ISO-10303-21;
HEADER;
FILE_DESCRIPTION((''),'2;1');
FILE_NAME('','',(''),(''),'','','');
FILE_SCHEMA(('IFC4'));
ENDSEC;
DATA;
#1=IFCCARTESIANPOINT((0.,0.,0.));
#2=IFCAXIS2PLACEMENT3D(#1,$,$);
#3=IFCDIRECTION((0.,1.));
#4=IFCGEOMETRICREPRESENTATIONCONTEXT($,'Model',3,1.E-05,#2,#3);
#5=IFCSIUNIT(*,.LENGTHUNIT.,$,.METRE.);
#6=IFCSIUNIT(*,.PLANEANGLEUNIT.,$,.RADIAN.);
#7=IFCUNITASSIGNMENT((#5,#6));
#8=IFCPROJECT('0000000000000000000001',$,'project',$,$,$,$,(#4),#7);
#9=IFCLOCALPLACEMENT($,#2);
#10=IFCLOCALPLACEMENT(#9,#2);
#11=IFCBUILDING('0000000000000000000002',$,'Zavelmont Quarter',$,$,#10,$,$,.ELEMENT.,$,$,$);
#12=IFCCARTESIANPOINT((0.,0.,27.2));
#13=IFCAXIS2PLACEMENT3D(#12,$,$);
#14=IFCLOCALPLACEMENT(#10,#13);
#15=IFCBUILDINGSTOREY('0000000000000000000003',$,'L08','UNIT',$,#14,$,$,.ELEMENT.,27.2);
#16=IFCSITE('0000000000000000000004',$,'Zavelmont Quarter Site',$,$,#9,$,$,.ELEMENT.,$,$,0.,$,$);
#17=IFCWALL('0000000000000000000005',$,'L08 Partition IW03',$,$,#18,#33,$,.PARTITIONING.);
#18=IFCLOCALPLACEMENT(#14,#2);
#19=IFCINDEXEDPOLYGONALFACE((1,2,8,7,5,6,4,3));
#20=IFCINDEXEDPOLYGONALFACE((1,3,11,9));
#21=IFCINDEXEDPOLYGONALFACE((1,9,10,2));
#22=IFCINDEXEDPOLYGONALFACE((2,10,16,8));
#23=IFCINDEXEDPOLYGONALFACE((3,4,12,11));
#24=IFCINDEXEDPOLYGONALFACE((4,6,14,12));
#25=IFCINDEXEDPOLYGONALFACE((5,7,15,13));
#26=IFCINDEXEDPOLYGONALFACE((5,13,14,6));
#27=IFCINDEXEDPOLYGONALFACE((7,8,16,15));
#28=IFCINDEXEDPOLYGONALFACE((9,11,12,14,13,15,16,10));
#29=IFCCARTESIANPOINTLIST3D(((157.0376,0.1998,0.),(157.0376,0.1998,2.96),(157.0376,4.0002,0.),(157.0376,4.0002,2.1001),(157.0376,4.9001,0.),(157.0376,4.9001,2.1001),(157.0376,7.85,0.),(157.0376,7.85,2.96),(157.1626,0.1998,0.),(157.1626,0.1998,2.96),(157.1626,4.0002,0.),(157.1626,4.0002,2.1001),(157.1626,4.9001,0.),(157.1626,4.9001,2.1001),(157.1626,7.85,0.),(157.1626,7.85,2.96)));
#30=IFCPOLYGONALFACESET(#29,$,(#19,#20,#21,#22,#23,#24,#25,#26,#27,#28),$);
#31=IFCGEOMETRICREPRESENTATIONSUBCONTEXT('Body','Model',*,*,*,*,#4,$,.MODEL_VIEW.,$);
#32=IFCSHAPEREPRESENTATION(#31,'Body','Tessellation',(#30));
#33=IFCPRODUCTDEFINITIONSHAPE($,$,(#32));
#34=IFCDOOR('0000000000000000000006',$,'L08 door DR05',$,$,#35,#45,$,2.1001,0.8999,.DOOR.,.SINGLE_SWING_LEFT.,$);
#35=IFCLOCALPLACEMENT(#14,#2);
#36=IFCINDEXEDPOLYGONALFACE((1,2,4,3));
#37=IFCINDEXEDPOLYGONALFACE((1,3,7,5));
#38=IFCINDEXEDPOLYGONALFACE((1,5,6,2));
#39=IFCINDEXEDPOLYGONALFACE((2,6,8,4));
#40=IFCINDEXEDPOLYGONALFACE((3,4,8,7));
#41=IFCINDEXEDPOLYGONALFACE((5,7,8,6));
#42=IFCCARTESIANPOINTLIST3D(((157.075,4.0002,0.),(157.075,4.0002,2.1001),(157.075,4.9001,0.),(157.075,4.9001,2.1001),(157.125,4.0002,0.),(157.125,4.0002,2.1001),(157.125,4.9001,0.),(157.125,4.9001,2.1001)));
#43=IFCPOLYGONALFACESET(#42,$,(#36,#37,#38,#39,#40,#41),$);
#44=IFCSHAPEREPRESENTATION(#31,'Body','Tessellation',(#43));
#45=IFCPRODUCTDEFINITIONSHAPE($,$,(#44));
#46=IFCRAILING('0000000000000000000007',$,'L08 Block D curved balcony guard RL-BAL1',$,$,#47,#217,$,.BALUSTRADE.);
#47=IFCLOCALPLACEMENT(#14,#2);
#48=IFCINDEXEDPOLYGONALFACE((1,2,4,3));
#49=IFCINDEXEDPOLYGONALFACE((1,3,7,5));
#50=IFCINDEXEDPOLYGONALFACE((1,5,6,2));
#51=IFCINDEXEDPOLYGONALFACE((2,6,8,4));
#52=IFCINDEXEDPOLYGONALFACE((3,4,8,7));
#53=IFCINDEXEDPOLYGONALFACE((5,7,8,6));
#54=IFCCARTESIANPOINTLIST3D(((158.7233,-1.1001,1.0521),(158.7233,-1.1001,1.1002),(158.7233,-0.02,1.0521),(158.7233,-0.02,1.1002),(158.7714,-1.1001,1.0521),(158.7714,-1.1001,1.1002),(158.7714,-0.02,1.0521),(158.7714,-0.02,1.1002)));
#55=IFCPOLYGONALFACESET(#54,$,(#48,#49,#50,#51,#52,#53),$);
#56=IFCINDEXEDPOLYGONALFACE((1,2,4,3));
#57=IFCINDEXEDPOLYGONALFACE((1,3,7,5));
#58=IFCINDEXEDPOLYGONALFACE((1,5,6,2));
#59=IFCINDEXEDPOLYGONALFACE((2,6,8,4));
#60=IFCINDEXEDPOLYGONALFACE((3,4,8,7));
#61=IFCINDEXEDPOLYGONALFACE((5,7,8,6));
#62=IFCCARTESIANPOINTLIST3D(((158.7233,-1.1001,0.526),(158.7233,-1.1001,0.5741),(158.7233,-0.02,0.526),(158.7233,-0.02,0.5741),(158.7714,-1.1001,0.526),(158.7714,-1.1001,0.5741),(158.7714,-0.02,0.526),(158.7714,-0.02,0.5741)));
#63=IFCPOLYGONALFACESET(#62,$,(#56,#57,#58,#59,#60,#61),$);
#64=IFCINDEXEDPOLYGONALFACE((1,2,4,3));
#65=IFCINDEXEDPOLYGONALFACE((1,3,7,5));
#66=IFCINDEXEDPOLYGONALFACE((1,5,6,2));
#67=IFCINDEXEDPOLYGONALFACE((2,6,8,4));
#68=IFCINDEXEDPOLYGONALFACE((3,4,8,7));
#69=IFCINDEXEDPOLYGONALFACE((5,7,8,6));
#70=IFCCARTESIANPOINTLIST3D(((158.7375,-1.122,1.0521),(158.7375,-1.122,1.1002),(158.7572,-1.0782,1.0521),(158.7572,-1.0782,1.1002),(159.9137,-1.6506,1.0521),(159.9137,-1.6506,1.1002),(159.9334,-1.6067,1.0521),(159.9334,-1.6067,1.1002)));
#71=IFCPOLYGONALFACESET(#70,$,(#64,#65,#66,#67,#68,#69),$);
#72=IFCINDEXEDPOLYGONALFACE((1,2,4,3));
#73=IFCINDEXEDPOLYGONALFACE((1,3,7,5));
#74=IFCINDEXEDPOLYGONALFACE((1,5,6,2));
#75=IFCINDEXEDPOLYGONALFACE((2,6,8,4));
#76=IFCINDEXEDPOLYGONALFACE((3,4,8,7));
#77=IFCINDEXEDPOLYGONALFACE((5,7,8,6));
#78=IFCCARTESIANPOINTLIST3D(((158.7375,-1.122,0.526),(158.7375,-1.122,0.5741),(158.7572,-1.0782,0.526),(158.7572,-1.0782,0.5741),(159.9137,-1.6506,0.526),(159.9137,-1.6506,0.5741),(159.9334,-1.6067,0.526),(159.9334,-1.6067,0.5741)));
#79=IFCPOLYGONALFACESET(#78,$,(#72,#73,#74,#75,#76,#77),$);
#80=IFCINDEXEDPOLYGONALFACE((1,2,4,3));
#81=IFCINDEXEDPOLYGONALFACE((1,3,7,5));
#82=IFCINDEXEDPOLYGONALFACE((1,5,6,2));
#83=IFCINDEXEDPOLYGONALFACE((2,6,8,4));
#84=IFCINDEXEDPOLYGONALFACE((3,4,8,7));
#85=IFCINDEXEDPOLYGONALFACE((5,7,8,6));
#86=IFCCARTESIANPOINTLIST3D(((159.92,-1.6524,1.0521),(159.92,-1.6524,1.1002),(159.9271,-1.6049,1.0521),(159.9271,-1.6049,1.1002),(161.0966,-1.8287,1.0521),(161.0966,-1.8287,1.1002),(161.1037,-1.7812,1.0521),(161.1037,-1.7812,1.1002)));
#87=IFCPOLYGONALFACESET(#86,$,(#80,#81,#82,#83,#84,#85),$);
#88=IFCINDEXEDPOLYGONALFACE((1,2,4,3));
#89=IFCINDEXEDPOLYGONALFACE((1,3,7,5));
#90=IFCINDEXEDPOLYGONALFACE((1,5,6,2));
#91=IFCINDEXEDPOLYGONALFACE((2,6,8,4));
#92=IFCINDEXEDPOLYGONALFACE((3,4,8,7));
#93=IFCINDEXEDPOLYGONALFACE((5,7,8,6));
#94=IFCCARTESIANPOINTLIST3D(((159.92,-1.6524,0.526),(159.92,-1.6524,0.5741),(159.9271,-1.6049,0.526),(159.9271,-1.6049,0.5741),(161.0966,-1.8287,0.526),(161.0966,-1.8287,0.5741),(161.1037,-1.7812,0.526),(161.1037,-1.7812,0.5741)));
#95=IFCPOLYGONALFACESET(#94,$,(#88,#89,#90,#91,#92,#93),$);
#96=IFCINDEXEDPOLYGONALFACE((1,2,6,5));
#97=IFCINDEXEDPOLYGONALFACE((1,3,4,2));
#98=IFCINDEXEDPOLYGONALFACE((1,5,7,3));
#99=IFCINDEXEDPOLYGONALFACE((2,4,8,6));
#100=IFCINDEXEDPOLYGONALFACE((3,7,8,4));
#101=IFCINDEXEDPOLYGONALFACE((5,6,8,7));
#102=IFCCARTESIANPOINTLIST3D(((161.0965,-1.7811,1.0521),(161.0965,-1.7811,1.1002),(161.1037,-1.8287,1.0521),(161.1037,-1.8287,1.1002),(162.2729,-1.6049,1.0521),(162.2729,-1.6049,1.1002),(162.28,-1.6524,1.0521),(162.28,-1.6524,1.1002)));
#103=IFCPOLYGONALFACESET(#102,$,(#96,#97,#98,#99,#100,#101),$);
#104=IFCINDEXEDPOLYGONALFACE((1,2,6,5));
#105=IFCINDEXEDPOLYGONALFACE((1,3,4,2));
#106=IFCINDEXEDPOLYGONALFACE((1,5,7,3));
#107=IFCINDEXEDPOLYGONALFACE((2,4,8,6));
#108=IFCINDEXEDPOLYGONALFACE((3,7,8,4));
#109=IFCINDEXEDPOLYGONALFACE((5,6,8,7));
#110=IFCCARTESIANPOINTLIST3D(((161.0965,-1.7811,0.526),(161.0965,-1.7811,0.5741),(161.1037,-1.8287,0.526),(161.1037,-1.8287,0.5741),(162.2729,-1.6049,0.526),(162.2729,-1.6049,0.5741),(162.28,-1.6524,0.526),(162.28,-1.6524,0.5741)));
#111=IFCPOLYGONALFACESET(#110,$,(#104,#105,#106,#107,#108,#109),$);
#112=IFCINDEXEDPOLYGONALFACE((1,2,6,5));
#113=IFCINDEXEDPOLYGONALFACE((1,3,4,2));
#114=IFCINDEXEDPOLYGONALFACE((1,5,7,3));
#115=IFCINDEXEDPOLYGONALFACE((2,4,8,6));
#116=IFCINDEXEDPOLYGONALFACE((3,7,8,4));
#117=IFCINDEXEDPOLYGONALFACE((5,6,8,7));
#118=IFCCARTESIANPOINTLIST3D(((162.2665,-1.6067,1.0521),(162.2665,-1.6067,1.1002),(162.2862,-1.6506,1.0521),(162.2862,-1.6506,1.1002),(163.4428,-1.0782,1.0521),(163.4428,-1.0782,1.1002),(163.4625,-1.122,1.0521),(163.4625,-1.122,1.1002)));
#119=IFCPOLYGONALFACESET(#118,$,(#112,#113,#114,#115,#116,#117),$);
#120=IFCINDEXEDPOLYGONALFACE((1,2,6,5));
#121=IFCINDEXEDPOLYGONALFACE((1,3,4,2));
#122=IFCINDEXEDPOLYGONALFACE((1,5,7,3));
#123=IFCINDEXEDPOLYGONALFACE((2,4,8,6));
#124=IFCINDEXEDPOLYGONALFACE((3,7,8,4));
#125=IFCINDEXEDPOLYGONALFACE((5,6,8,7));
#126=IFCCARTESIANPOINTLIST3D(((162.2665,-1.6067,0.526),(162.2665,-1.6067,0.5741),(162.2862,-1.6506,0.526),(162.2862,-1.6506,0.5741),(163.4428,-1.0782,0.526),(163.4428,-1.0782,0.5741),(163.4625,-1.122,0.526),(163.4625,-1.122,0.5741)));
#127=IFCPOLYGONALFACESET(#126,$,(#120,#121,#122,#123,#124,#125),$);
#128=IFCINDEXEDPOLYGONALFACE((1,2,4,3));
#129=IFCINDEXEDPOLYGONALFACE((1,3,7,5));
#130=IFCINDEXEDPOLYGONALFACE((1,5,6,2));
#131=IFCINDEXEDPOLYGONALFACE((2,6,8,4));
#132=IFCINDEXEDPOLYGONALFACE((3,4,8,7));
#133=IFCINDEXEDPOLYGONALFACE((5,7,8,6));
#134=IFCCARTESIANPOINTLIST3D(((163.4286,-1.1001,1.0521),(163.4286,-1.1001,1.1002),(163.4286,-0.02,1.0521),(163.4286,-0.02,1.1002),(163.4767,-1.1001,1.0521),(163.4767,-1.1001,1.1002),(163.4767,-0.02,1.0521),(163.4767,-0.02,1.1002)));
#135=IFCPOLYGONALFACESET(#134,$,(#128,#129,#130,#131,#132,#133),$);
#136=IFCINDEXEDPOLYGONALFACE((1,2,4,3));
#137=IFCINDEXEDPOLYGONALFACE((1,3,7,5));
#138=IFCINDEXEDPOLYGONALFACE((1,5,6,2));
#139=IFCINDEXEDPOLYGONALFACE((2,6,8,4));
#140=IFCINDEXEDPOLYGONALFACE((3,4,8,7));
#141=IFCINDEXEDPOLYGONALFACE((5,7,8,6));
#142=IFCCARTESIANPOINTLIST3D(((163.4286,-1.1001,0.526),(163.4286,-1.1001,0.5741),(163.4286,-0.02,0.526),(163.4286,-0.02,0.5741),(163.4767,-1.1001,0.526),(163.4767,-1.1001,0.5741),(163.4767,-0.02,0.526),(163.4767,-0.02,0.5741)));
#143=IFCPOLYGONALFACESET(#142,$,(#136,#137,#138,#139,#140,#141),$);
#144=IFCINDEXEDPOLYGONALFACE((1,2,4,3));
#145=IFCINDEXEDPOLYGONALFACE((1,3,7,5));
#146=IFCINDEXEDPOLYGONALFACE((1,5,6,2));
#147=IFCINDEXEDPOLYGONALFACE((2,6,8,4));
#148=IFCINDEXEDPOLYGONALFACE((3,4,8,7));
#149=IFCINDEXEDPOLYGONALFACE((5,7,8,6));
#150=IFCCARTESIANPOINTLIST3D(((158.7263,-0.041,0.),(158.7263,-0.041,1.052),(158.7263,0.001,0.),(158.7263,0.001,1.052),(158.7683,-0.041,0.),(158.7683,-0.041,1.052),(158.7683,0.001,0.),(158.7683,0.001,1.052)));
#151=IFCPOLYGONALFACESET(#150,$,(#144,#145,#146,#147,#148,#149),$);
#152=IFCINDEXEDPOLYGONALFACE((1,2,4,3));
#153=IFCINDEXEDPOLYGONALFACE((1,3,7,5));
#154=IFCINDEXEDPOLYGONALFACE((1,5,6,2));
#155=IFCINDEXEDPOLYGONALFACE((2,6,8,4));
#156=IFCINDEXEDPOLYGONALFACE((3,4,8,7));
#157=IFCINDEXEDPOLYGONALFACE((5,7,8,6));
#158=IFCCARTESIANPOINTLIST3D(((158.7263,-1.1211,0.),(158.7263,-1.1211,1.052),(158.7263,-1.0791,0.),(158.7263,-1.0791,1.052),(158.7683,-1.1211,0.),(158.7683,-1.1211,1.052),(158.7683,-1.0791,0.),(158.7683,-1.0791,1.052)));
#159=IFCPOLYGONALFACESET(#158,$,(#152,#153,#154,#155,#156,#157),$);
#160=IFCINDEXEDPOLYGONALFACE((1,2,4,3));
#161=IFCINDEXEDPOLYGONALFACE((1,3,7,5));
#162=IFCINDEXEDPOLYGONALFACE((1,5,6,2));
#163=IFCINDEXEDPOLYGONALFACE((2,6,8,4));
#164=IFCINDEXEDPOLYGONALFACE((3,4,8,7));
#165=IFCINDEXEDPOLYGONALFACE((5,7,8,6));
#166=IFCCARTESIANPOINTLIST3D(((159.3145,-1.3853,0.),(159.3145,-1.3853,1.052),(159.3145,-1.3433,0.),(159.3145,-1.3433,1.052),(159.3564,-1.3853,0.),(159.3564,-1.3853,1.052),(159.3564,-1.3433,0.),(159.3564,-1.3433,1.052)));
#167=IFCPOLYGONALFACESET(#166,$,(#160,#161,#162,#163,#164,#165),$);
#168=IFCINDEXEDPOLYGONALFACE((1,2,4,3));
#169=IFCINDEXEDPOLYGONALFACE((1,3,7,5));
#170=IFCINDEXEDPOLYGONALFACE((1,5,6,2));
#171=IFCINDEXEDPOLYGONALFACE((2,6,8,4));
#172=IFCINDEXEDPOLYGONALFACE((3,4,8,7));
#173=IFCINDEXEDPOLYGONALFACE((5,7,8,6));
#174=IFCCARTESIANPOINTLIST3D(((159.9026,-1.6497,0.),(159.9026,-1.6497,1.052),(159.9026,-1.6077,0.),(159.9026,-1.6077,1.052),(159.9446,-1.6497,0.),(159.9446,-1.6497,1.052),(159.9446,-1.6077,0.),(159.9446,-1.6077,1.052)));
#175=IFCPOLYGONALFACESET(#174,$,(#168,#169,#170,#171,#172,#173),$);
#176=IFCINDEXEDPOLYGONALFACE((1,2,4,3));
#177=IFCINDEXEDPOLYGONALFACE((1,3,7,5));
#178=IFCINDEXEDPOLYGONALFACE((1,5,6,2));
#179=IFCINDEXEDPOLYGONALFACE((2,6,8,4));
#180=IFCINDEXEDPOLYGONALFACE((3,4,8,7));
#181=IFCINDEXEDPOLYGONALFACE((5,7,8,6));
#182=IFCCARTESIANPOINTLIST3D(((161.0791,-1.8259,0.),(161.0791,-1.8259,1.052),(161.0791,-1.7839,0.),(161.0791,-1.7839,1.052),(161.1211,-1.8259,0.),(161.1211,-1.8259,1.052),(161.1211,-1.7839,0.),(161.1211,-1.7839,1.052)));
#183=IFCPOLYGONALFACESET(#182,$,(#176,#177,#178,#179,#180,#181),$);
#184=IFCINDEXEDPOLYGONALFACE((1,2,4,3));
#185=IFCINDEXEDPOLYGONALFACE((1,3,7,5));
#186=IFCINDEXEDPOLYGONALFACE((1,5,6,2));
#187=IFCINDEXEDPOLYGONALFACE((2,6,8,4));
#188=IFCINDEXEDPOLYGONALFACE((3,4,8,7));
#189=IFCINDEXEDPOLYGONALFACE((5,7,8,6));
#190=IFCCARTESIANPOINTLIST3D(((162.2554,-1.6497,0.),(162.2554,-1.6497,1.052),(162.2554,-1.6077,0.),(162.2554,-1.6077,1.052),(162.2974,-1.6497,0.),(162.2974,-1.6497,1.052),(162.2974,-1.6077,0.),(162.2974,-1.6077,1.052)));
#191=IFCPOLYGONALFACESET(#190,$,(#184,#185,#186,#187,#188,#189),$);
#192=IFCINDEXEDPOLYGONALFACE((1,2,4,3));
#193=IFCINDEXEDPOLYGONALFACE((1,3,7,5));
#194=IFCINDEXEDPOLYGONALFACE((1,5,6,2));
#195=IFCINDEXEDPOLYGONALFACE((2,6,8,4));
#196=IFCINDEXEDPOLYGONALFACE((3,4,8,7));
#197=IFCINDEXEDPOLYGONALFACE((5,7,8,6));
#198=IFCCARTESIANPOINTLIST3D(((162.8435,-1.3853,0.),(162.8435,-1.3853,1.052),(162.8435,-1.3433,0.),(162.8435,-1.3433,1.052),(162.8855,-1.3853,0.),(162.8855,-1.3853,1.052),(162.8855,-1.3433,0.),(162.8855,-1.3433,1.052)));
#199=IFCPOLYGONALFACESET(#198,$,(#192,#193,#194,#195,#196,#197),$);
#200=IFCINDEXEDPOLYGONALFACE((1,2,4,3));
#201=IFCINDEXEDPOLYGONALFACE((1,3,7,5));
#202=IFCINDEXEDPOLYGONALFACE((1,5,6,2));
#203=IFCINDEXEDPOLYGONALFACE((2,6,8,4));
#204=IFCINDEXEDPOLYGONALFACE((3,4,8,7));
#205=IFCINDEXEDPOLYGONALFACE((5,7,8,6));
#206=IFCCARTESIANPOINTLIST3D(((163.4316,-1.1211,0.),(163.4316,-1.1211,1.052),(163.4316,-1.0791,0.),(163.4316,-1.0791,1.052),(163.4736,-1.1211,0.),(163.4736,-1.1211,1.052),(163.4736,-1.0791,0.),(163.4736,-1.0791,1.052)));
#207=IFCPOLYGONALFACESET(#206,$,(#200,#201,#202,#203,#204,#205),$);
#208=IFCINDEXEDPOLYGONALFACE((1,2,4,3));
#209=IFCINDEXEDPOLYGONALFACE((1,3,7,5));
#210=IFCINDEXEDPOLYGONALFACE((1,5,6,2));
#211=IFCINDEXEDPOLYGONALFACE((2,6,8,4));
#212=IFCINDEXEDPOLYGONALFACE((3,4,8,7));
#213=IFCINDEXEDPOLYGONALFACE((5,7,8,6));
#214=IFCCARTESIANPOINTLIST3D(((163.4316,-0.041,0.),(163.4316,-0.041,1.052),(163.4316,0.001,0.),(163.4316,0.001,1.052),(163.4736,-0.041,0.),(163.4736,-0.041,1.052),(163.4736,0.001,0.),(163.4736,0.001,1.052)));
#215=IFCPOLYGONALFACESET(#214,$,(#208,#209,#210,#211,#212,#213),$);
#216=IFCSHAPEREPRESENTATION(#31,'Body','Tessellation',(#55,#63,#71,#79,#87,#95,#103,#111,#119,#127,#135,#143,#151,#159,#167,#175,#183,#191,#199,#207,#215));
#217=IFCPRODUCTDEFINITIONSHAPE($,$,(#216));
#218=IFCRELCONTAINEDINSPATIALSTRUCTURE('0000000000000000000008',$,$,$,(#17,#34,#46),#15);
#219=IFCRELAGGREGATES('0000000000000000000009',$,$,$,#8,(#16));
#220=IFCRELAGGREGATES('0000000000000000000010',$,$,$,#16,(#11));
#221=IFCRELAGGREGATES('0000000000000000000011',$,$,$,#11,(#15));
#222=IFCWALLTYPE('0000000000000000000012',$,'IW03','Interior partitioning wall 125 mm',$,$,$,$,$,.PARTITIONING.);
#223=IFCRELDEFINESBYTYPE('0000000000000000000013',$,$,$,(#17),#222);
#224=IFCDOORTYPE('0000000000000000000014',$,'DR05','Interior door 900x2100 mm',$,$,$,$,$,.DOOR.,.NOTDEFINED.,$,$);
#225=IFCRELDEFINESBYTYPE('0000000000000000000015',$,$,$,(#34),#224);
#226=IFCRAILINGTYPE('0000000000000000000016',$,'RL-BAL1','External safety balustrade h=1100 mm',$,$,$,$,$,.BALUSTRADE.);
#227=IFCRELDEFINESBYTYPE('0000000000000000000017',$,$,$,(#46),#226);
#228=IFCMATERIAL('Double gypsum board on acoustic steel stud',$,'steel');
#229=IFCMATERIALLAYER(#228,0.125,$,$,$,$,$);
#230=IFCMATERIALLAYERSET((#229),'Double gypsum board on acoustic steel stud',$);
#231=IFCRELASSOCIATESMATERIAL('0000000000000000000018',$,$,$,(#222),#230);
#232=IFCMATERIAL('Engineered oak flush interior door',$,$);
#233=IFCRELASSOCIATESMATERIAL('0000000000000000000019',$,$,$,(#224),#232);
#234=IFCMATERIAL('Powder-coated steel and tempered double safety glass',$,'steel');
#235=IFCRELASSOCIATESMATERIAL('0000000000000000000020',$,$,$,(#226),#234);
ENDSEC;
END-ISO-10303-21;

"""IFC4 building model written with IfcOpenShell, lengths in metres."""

from ifc_helpers import new_model, si_unit, direction, frame, frame_2d, origin, origin_with_axes, origin_2d, place, context, subcontext, project, spatial, rectangle, extrude, material, layer, layer_set, type_object, element, fill, save


model = new_model("IFC4")

# Units and contexts
model_context = context("Model", 3, precision=1e-05, world=origin(), true_north=direction((0.0, 1.0)))
body_context = subcontext(model_context, "Body", "Model", "MODEL_VIEW")
ifc_project = project(units=[si_unit("LENGTHUNIT", "METRE"), si_unit("PLANEANGLEUNIT", "RADIAN")], contexts=[model_context])

# Site, building, storey
site_placement = place(None, origin())
site = spatial("IfcSite", under=ifc_project, at=site_placement, Name="Zavelmont Quarter Site", CompositionType="ELEMENT", RefElevation=0.0)
building_placement = place(site_placement, origin())
building = spatial("IfcBuilding", under=site, at=building_placement, Name="Zavelmont Quarter", CompositionType="ELEMENT")
storey_placement = place(building_placement, frame((0.0, 0.0, 27.2)))
storey = spatial("IfcBuildingStorey", under=building, at=storey_placement, Name="L08", Description="UNIT", CompositionType="ELEMENT", Elevation=27.2)

# Wall, opening, door
ifc_material_1 = material(Name="Double gypsum board on acoustic steel stud", Category="steel")
ifc_layer_1 = layer(ifc_material_1, 0.125)
ifc_layer_set_1 = layer_set([ifc_layer_1], Name="Double gypsum board on acoustic steel stud")
wall_type_1 = type_object("IfcWallType", Name="IW03", Description="Interior partitioning wall 125 mm", PredefinedType="PARTITIONING", material=ifc_layer_set_1)
wall_1_placement = place(storey_placement, frame((157.1001, 7.8501, 0.0), z_axis=(0.0, 0.0, 1.0), x_axis=(0.0, -1.0, 0.0)))
wall_1 = element("IfcWall", 1, at=wall_1_placement, inside=storey, type_object=wall_type_1, Name="L08 Partition IW03", PredefinedType="PARTITIONING", context=body_context, shape_type="SweptSolid", body=[
    extrude(rectangle(XDim=7.6501, YDim=0.125, at=frame_2d((3.8252, 0.0))), origin(), (0.0, 0.0, 1.0), 2.96),
])
opening_1_placement = place(wall_1_placement, frame((2.95, 0.0, 0.0)))
opening_1 = element("IfcOpeningElement", 2, at=opening_1_placement, cuts=wall_1, PredefinedType="OPENING", context=body_context, shape_type="SweptSolid", body=[
    extrude(rectangle(XDim=0.8999, YDim=2.1001, at=frame_2d((0.45, 1.05))), frame((0.0, 0.0745, 0.0), z_axis=(0.0, -1.0, 0.0), x_axis=(1.0, 0.0, 0.0)), (0.0, 0.0, 1.0), 0.1489),
])
ifc_material_2 = material(Name="Engineered oak flush interior door")
door_type_1 = type_object("IfcDoorType", Name="DR05", Description="Interior door 900x2100 mm", OperationType="NOTDEFINED", PredefinedType="DOOR", material=ifc_material_2)
door_1_placement = place(opening_1_placement, origin_with_axes())
door_1 = element("IfcDoor", 3, at=door_1_placement, inside=storey, type_object=door_type_1, Name="L08 door DR05", OperationType="SINGLE_SWING_LEFT", OverallHeight=2.1001, OverallWidth=0.8999, PredefinedType="DOOR", context=body_context, shape_type="SweptSolid", body=[
    extrude(rectangle(XDim=0.8999, YDim=2.1001, at=frame_2d((0.45, 1.05))), frame((0.0, 0.0249, 0.0), z_axis=(0.0, -1.0, 0.0), x_axis=(1.0, 0.0, 0.0)), (0.0, 0.0, 1.0), 0.05),
])
fill(opening_1, door_1)

# Railing
ifc_material_3 = material(Name="Powder-coated steel and tempered double safety glass", Category="steel")
railing_type = type_object("IfcRailingType", Name="RL-BAL1", Description="External safety balustrade h=1100 mm", PredefinedType="BALUSTRADE", material=ifc_material_3)
railing_placement = place(storey_placement, frame((158.7473, -0.02, 0.0)))
element("IfcRailing", 4, at=railing_placement, inside=storey, type_object=railing_type, Name="L08 Block D curved balcony guard RL-BAL1", PredefinedType="BALUSTRADE", context=body_context, shape_type="SweptSolid", body=[
    extrude(rectangle(XDim=0.0481, YDim=0.0481, at=origin_2d()), frame((0.0, 0.0, 1.0762), z_axis=(0.0, -1.0, 0.0), x_axis=(1.0, 0.0, 0.0)), (0.0, 0.0, 1.0), 1.0801),
    extrude(rectangle(XDim=0.0481, YDim=0.0481, at=origin_2d()), frame((0.0, 0.0, 0.55), z_axis=(0.0, -1.0, 0.0), x_axis=(1.0, 0.0, 0.0)), (0.0, 0.0, 1.0), 1.0801),
    extrude(rectangle(XDim=0.0481, YDim=0.0481, at=origin_2d()), frame((0.0, -1.0801, 1.0762), z_axis=(0.912141, -0.409877, 0.0), x_axis=(0.409877, 0.912141, 0.0)), (0.0, 0.0, 1.0), 1.2896),
    extrude(rectangle(XDim=0.0481, YDim=0.0481, at=origin_2d()), frame((0.0, -1.0801, 0.55), z_axis=(0.912141, -0.409877, 0.0), x_axis=(0.409877, 0.912141, 0.0)), (0.0, 0.0, 1.0), 1.2896),
    extrude(rectangle(XDim=0.0481, YDim=0.0481, at=origin_2d()), frame((1.1763, -1.6086, 1.0762), z_axis=(0.988962, -0.14817, 0.0), x_axis=(0.14817, 0.988962, 0.0)), (0.0, 0.0, 1.0), 1.1897),
    extrude(rectangle(XDim=0.0481, YDim=0.0481, at=origin_2d()), frame((1.1763, -1.6086, 0.55), z_axis=(0.988962, -0.14817, 0.0), x_axis=(0.14817, 0.988962, 0.0)), (0.0, 0.0, 1.0), 1.1897),
    extrude(rectangle(XDim=0.0481, YDim=0.0481, at=origin_2d()), frame((2.3528, -1.7849, 1.0762), z_axis=(0.988957, 0.1482, 0.0), x_axis=(-0.1482, 0.988957, 0.0)), (0.0, 0.0, 1.0), 1.1895),
    extrude(rectangle(XDim=0.0481, YDim=0.0481, at=origin_2d()), frame((2.3528, -1.7849, 0.55), z_axis=(0.988957, 0.1482, 0.0), x_axis=(-0.1482, 0.988957, 0.0)), (0.0, 0.0, 1.0), 1.1895),
    extrude(rectangle(XDim=0.0481, YDim=0.0481, at=origin_2d()), frame((3.5291, -1.6086, 1.0762), z_axis=(0.912141, 0.409877, 0.0), x_axis=(-0.409877, 0.912141, 0.0)), (0.0, 0.0, 1.0), 1.2896),
    extrude(rectangle(XDim=0.0481, YDim=0.0481, at=origin_2d()), frame((3.5291, -1.6086, 0.55), z_axis=(0.912141, 0.409877, 0.0), x_axis=(-0.409877, 0.912141, 0.0)), (0.0, 0.0, 1.0), 1.2896),
    extrude(rectangle(XDim=0.0481, YDim=0.0481, at=origin_2d()), frame((4.7053, -1.0801, 1.0762), z_axis=(0.0, 1.0, 0.0), x_axis=(-1.0, 0.0, 0.0)), (0.0, 0.0, 1.0), 1.0801),
    extrude(rectangle(XDim=0.0481, YDim=0.0481, at=origin_2d()), frame((4.7053, -1.0801, 0.55), z_axis=(0.0, 1.0, 0.0), x_axis=(-1.0, 0.0, 0.0)), (0.0, 0.0, 1.0), 1.0801),
    extrude(rectangle(XDim=0.042, YDim=0.042, at=origin_2d()), origin(), (0.0, 0.0, 1.0), 1.052),
    extrude(rectangle(XDim=0.042, YDim=0.042, at=origin_2d()), frame((0.0, -1.0801, 0.0)), (0.0, 0.0, 1.0), 1.052),
    extrude(rectangle(XDim=0.042, YDim=0.042, at=origin_2d()), frame((0.5881, -1.3442, 0.0)), (0.0, 0.0, 1.0), 1.052),
    extrude(rectangle(XDim=0.042, YDim=0.042, at=origin_2d()), frame((1.1763, -1.6086, 0.0)), (0.0, 0.0, 1.0), 1.052),
    extrude(rectangle(XDim=0.042, YDim=0.042, at=origin_2d()), frame((2.3528, -1.7849, 0.0)), (0.0, 0.0, 1.0), 1.052),
    extrude(rectangle(XDim=0.042, YDim=0.042, at=origin_2d()), frame((3.5291, -1.6086, 0.0)), (0.0, 0.0, 1.0), 1.052),
    extrude(rectangle(XDim=0.042, YDim=0.042, at=origin_2d()), frame((4.1172, -1.3442, 0.0)), (0.0, 0.0, 1.0), 1.052),
    extrude(rectangle(XDim=0.042, YDim=0.042, at=origin_2d()), frame((4.7053, -1.0801, 0.0)), (0.0, 0.0, 1.0), 1.052),
    extrude(rectangle(XDim=0.042, YDim=0.042, at=origin_2d()), frame((4.7053, 0.0, 0.0)), (0.0, 0.0, 1.0), 1.052),
])

save(model, "model.ifc")
